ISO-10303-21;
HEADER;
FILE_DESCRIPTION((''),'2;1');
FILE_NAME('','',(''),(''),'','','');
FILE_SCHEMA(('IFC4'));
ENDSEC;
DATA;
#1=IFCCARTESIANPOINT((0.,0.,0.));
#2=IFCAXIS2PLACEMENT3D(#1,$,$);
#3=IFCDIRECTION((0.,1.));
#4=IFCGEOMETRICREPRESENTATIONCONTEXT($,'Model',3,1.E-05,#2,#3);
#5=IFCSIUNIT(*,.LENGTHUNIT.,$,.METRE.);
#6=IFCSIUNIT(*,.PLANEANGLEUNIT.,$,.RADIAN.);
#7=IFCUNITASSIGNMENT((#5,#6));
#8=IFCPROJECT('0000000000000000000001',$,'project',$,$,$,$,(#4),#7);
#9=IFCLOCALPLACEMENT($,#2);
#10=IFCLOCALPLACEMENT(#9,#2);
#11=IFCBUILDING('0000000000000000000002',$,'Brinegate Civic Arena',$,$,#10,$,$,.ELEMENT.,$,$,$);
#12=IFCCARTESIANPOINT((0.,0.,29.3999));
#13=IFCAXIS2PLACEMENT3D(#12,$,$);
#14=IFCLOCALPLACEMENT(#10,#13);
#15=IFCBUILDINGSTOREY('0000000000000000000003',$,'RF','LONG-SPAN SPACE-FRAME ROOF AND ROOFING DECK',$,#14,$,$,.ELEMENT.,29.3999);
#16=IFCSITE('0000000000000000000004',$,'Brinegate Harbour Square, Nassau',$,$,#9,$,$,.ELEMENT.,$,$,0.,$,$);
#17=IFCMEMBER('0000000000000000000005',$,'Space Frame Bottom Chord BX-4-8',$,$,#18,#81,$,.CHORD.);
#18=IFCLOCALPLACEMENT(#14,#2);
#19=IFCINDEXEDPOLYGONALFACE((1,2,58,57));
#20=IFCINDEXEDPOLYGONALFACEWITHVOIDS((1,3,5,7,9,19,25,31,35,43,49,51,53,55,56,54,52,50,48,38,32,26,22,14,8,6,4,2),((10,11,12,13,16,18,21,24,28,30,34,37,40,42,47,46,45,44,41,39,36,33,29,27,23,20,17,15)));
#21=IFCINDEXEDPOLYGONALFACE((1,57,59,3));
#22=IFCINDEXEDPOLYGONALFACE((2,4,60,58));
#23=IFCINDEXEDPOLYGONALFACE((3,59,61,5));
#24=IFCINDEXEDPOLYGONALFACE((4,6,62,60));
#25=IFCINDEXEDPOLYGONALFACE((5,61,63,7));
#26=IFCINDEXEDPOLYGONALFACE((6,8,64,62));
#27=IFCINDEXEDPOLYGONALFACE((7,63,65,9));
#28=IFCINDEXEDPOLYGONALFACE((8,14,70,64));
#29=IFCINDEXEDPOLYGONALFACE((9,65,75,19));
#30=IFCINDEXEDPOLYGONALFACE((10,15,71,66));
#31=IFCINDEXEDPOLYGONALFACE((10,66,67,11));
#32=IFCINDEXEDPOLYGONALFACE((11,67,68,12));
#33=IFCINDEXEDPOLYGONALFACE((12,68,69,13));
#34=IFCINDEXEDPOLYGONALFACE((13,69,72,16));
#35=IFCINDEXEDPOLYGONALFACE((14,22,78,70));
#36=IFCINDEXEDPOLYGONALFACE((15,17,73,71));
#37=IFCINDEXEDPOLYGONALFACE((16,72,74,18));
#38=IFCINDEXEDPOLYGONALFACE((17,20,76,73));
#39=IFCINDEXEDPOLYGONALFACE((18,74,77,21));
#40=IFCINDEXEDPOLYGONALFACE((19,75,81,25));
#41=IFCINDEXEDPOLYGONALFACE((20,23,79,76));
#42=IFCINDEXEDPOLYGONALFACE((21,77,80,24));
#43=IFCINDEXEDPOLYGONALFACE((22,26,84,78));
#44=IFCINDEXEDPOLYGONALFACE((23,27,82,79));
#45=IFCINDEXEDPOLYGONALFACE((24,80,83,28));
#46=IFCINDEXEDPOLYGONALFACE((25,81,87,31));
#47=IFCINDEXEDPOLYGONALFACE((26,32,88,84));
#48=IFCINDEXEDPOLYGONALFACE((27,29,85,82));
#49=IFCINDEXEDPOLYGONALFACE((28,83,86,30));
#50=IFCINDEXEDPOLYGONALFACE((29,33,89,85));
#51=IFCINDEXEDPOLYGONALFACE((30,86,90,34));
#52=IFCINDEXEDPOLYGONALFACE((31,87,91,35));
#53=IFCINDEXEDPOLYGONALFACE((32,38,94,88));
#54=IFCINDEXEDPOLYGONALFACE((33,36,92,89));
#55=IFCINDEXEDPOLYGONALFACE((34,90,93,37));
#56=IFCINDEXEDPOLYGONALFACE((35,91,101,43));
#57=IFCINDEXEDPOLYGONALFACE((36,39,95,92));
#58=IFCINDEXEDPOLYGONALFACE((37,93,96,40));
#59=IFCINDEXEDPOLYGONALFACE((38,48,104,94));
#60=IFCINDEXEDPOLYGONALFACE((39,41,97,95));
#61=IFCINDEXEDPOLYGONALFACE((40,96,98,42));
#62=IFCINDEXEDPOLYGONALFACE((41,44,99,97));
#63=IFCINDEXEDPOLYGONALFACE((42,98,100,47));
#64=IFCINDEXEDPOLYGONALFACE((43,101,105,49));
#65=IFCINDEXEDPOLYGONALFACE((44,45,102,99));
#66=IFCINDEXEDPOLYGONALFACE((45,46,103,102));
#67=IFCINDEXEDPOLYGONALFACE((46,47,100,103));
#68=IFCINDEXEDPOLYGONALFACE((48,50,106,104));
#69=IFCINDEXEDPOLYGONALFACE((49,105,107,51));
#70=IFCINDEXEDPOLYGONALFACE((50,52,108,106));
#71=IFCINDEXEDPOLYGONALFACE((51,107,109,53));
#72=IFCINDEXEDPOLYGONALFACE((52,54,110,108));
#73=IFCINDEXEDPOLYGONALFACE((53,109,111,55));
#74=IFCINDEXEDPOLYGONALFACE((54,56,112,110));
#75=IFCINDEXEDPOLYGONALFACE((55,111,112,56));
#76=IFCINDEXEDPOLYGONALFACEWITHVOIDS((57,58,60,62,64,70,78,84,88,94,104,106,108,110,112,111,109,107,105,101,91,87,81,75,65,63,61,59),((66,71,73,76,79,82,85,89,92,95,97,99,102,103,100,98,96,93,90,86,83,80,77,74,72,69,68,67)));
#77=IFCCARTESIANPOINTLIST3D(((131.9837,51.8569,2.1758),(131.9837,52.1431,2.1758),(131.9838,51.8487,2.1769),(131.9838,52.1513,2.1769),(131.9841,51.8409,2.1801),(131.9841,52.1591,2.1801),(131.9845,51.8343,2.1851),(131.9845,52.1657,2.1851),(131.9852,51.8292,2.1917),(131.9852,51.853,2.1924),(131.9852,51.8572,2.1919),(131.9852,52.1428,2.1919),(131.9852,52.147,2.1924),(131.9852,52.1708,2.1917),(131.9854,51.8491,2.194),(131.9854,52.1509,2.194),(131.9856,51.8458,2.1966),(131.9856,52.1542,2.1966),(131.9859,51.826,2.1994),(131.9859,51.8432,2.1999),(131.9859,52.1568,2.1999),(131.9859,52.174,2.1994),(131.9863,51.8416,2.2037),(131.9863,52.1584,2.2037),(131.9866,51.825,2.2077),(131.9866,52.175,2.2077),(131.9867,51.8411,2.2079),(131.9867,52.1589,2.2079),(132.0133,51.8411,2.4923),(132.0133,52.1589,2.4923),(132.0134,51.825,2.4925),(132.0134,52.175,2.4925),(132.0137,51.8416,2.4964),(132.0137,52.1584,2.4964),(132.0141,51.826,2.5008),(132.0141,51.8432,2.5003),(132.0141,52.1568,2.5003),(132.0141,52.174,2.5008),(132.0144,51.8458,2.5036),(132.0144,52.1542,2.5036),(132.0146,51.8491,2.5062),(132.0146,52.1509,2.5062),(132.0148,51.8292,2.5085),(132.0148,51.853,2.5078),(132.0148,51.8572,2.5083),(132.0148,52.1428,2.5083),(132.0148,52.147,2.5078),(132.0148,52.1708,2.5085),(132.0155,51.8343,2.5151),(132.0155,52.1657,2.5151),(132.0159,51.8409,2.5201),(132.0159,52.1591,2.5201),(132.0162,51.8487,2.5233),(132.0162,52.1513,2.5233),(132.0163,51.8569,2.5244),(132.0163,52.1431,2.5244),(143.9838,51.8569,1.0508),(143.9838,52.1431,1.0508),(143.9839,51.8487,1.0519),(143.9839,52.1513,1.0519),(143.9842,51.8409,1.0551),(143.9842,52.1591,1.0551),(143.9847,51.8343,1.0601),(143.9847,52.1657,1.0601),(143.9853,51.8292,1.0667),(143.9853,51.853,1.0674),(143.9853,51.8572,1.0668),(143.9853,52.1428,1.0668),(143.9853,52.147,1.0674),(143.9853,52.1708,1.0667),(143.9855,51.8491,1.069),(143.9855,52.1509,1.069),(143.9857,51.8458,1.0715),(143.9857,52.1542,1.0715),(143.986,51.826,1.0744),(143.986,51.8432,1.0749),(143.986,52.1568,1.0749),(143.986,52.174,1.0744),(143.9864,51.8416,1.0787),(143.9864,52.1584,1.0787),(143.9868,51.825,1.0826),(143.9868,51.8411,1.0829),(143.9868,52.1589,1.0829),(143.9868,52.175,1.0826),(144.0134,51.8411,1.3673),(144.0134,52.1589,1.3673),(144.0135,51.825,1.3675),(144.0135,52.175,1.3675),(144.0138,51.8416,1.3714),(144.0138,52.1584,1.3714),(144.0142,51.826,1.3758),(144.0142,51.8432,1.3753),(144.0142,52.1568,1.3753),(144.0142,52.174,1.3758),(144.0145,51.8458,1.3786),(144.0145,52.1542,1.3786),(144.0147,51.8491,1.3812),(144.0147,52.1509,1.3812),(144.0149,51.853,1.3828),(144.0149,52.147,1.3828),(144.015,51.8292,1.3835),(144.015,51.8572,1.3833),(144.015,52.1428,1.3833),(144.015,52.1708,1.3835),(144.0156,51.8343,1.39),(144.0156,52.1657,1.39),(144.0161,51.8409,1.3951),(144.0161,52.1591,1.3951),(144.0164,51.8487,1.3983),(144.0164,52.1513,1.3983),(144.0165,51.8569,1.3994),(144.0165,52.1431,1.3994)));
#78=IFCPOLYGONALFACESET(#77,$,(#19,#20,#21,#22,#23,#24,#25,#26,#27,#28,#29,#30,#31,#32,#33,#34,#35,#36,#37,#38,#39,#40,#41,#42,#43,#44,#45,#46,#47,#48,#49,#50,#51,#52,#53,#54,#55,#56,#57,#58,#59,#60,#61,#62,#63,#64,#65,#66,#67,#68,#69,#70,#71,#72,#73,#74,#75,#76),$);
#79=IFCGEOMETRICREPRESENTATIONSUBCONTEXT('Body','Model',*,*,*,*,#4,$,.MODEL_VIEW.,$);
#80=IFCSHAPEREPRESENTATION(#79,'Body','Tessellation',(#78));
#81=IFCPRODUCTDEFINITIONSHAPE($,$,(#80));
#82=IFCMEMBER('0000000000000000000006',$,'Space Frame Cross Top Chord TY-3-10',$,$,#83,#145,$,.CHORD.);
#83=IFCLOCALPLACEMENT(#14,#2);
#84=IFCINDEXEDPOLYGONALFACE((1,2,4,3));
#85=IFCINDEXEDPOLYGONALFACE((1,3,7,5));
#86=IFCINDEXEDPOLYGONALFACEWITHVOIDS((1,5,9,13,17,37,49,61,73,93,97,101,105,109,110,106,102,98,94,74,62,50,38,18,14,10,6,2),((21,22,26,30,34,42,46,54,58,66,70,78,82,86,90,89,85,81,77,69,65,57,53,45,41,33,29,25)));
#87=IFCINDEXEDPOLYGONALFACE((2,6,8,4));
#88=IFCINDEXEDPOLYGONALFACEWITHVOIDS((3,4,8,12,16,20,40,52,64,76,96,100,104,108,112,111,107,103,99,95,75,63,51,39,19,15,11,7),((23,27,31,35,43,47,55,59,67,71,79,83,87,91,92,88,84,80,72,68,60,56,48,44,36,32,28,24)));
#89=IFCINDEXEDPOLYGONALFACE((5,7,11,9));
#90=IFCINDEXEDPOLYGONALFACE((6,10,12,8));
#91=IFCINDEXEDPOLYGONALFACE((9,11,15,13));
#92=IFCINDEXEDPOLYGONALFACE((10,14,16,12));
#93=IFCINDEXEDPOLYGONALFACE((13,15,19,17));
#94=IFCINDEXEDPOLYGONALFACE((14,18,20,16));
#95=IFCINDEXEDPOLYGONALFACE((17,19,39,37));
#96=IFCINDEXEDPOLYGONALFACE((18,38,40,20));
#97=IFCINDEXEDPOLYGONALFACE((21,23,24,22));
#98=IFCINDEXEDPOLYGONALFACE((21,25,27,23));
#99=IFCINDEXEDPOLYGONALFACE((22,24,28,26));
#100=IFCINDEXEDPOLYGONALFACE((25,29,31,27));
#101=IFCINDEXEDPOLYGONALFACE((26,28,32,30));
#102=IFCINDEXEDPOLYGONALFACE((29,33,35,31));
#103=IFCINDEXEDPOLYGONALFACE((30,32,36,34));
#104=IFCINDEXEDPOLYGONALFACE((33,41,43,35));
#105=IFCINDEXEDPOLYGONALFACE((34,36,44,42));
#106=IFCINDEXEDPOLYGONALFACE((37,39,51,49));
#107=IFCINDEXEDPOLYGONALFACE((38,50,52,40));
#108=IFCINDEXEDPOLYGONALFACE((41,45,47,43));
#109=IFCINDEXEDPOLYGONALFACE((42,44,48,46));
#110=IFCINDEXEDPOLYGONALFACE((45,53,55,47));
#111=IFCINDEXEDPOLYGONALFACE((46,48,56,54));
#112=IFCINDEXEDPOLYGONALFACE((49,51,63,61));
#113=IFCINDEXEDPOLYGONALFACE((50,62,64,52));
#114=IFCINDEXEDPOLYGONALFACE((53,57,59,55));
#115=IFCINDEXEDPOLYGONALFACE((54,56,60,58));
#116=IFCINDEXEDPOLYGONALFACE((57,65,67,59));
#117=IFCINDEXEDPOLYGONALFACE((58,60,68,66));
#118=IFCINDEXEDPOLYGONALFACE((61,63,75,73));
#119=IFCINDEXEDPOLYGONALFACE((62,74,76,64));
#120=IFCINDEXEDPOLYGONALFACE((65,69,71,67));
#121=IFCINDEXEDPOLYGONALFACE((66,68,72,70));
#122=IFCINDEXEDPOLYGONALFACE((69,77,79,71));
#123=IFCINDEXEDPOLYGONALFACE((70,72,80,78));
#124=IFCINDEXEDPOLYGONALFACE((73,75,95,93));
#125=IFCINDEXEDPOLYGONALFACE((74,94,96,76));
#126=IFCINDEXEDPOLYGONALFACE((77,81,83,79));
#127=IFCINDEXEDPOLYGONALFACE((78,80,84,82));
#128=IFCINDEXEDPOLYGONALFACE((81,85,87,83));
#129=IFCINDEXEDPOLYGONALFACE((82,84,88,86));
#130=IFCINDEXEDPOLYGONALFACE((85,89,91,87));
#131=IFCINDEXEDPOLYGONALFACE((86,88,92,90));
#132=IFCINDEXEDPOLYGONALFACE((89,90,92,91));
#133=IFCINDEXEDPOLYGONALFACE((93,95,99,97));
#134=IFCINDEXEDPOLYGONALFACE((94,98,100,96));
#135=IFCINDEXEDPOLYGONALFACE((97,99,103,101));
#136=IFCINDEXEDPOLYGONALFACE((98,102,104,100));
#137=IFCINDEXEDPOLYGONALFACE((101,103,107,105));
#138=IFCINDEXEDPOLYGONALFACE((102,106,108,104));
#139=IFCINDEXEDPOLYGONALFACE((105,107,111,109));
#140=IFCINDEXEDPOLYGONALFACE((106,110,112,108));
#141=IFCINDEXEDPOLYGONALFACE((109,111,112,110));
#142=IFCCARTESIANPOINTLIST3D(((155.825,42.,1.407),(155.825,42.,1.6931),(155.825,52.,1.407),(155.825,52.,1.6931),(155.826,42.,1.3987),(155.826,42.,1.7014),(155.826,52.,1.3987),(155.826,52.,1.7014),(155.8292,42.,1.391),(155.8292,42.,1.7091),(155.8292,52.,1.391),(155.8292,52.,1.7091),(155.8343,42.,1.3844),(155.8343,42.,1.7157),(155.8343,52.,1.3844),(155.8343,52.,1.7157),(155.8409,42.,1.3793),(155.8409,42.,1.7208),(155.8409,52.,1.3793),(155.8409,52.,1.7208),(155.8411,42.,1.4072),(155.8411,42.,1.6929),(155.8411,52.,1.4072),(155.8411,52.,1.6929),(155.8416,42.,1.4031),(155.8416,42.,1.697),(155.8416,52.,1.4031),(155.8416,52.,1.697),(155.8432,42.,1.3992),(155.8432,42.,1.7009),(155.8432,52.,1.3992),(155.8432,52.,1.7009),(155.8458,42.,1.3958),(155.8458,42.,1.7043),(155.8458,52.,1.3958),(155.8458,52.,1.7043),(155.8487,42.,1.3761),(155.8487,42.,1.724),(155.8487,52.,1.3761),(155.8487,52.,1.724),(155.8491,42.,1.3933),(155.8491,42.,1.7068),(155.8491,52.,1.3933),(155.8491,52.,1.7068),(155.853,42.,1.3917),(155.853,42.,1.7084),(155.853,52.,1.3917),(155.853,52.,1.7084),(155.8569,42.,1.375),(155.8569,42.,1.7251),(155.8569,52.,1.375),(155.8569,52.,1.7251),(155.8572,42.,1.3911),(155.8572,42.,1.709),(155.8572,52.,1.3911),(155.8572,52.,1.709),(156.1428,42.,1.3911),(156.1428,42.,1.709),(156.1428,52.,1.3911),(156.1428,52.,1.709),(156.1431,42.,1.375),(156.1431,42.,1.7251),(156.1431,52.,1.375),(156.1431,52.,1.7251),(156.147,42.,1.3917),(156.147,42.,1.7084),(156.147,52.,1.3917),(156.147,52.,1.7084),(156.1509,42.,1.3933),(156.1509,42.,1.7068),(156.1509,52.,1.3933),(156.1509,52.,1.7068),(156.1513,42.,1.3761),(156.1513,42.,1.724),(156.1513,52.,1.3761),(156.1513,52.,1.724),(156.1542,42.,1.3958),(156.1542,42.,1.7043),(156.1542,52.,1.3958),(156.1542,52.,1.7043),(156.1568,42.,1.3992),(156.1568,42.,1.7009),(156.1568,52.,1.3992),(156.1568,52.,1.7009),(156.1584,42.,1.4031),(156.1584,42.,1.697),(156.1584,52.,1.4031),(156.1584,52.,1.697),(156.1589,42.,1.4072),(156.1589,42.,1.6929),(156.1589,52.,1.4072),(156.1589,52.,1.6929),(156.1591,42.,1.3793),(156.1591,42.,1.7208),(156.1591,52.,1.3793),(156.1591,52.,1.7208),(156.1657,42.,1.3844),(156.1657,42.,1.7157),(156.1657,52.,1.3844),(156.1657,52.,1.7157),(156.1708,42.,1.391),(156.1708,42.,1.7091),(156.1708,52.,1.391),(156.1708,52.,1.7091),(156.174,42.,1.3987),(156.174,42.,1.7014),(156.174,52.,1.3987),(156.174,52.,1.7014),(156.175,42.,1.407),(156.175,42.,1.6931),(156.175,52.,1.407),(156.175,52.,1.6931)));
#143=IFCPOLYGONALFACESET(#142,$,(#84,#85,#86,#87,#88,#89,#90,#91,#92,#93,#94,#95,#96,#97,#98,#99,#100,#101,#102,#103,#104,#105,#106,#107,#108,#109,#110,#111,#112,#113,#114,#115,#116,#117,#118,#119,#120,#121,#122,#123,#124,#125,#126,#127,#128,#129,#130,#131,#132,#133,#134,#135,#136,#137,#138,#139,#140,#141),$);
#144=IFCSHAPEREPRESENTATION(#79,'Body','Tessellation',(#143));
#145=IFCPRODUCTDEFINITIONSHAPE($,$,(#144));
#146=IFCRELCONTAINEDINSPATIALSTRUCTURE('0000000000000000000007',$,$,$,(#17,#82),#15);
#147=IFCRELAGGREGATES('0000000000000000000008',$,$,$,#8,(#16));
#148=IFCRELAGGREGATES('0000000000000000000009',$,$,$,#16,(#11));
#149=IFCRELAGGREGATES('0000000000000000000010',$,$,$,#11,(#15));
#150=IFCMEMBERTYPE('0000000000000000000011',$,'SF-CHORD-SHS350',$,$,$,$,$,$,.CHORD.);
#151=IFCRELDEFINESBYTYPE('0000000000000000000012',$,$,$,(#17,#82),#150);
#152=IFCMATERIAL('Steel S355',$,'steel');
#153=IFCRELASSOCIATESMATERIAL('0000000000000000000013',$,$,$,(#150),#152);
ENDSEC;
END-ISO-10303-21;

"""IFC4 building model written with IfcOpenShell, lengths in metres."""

from ifc_helpers import new_model, si_unit, direction, frame, origin, origin_2d, place, context, subcontext, project, spatial, hollow_rectangle, extrude, material, material_profile, profile_set, type_object, element, save


model = new_model("IFC4")

# Units and contexts
model_context = context("Model", 3, precision=1e-05, world=origin(), true_north=direction((0.0, 1.0)))
body_context = subcontext(model_context, "Body", "Model", "MODEL_VIEW")
ifc_project = project(units=[si_unit("LENGTHUNIT", "METRE"), si_unit("PLANEANGLEUNIT", "RADIAN")], contexts=[model_context])

# Site, building, storey
site_placement = place(None, origin())
site = spatial("IfcSite", under=ifc_project, at=site_placement, Name="Brinegate Harbour Square, Nassau", CompositionType="ELEMENT", RefElevation=0.0)
building_placement = place(site_placement, origin())
building = spatial("IfcBuilding", under=site, at=building_placement, Name="Brinegate Civic Arena", CompositionType="ELEMENT")
storey_placement = place(building_placement, frame((0.0, 0.0, 29.3999)))
storey = spatial("IfcBuildingStorey", under=building, at=storey_placement, Name="RF", Description="LONG-SPAN SPACE-FRAME ROOF AND ROOFING DECK", CompositionType="ELEMENT", Elevation=29.3999)

# Shared definitions
ifc_material_1 = material(Name="Steel S355", Category="steel")

# Members
ifc_material_profile_1 = material_profile(ifc_material_1, hollow_rectangle(XDim=0.3501, YDim=0.3501, WallThickness=0.0161, InnerFilletRadius=0.0161, OuterFilletRadius=0.032, at=origin_2d()), Name="SHS350X16")
ifc_profile_set_1 = profile_set([ifc_material_profile_1], Name="Steel S355")
member_type_1 = type_object("IfcMemberType", Name="SF-CHORD-SHS350", PredefinedType="CHORD", material=ifc_profile_set_1)
member_1_placement = place(storey_placement, frame((132.0, 52.0, 2.3501), z_axis=(0.995634, 0.0, -0.093341), x_axis=(0.0, 1.0, 0.0)))
element("IfcMember", 1, at=member_1_placement, inside=storey, type_object=member_type_1, Name="Space Frame Bottom Chord BX-4-8", PredefinedType="CHORD", context=body_context, shape_type="SweptSolid", body=[
    extrude(hollow_rectangle(XDim=0.3501, YDim=0.3501, WallThickness=0.0161, InnerFilletRadius=0.0161, OuterFilletRadius=0.032, at=origin_2d()), origin(), (0.0, 0.0, 1.0), 12.0527),
])
member_2_placement = place(storey_placement, frame((156.0, 42.0, 1.55), z_axis=(0.0, 1.0, 0.0), x_axis=(-1.0, 0.0, 0.0)))
element("IfcMember", 2, at=member_2_placement, inside=storey, type_object=member_type_1, Name="Space Frame Cross Top Chord TY-3-10", PredefinedType="CHORD", context=body_context, shape_type="SweptSolid", body=[
    extrude(hollow_rectangle(XDim=0.3501, YDim=0.3501, WallThickness=0.0161, InnerFilletRadius=0.0161, OuterFilletRadius=0.032, at=origin_2d()), origin(), (0.0, 0.0, 1.0), 10.0),
])

save(model, "model.ifc")
